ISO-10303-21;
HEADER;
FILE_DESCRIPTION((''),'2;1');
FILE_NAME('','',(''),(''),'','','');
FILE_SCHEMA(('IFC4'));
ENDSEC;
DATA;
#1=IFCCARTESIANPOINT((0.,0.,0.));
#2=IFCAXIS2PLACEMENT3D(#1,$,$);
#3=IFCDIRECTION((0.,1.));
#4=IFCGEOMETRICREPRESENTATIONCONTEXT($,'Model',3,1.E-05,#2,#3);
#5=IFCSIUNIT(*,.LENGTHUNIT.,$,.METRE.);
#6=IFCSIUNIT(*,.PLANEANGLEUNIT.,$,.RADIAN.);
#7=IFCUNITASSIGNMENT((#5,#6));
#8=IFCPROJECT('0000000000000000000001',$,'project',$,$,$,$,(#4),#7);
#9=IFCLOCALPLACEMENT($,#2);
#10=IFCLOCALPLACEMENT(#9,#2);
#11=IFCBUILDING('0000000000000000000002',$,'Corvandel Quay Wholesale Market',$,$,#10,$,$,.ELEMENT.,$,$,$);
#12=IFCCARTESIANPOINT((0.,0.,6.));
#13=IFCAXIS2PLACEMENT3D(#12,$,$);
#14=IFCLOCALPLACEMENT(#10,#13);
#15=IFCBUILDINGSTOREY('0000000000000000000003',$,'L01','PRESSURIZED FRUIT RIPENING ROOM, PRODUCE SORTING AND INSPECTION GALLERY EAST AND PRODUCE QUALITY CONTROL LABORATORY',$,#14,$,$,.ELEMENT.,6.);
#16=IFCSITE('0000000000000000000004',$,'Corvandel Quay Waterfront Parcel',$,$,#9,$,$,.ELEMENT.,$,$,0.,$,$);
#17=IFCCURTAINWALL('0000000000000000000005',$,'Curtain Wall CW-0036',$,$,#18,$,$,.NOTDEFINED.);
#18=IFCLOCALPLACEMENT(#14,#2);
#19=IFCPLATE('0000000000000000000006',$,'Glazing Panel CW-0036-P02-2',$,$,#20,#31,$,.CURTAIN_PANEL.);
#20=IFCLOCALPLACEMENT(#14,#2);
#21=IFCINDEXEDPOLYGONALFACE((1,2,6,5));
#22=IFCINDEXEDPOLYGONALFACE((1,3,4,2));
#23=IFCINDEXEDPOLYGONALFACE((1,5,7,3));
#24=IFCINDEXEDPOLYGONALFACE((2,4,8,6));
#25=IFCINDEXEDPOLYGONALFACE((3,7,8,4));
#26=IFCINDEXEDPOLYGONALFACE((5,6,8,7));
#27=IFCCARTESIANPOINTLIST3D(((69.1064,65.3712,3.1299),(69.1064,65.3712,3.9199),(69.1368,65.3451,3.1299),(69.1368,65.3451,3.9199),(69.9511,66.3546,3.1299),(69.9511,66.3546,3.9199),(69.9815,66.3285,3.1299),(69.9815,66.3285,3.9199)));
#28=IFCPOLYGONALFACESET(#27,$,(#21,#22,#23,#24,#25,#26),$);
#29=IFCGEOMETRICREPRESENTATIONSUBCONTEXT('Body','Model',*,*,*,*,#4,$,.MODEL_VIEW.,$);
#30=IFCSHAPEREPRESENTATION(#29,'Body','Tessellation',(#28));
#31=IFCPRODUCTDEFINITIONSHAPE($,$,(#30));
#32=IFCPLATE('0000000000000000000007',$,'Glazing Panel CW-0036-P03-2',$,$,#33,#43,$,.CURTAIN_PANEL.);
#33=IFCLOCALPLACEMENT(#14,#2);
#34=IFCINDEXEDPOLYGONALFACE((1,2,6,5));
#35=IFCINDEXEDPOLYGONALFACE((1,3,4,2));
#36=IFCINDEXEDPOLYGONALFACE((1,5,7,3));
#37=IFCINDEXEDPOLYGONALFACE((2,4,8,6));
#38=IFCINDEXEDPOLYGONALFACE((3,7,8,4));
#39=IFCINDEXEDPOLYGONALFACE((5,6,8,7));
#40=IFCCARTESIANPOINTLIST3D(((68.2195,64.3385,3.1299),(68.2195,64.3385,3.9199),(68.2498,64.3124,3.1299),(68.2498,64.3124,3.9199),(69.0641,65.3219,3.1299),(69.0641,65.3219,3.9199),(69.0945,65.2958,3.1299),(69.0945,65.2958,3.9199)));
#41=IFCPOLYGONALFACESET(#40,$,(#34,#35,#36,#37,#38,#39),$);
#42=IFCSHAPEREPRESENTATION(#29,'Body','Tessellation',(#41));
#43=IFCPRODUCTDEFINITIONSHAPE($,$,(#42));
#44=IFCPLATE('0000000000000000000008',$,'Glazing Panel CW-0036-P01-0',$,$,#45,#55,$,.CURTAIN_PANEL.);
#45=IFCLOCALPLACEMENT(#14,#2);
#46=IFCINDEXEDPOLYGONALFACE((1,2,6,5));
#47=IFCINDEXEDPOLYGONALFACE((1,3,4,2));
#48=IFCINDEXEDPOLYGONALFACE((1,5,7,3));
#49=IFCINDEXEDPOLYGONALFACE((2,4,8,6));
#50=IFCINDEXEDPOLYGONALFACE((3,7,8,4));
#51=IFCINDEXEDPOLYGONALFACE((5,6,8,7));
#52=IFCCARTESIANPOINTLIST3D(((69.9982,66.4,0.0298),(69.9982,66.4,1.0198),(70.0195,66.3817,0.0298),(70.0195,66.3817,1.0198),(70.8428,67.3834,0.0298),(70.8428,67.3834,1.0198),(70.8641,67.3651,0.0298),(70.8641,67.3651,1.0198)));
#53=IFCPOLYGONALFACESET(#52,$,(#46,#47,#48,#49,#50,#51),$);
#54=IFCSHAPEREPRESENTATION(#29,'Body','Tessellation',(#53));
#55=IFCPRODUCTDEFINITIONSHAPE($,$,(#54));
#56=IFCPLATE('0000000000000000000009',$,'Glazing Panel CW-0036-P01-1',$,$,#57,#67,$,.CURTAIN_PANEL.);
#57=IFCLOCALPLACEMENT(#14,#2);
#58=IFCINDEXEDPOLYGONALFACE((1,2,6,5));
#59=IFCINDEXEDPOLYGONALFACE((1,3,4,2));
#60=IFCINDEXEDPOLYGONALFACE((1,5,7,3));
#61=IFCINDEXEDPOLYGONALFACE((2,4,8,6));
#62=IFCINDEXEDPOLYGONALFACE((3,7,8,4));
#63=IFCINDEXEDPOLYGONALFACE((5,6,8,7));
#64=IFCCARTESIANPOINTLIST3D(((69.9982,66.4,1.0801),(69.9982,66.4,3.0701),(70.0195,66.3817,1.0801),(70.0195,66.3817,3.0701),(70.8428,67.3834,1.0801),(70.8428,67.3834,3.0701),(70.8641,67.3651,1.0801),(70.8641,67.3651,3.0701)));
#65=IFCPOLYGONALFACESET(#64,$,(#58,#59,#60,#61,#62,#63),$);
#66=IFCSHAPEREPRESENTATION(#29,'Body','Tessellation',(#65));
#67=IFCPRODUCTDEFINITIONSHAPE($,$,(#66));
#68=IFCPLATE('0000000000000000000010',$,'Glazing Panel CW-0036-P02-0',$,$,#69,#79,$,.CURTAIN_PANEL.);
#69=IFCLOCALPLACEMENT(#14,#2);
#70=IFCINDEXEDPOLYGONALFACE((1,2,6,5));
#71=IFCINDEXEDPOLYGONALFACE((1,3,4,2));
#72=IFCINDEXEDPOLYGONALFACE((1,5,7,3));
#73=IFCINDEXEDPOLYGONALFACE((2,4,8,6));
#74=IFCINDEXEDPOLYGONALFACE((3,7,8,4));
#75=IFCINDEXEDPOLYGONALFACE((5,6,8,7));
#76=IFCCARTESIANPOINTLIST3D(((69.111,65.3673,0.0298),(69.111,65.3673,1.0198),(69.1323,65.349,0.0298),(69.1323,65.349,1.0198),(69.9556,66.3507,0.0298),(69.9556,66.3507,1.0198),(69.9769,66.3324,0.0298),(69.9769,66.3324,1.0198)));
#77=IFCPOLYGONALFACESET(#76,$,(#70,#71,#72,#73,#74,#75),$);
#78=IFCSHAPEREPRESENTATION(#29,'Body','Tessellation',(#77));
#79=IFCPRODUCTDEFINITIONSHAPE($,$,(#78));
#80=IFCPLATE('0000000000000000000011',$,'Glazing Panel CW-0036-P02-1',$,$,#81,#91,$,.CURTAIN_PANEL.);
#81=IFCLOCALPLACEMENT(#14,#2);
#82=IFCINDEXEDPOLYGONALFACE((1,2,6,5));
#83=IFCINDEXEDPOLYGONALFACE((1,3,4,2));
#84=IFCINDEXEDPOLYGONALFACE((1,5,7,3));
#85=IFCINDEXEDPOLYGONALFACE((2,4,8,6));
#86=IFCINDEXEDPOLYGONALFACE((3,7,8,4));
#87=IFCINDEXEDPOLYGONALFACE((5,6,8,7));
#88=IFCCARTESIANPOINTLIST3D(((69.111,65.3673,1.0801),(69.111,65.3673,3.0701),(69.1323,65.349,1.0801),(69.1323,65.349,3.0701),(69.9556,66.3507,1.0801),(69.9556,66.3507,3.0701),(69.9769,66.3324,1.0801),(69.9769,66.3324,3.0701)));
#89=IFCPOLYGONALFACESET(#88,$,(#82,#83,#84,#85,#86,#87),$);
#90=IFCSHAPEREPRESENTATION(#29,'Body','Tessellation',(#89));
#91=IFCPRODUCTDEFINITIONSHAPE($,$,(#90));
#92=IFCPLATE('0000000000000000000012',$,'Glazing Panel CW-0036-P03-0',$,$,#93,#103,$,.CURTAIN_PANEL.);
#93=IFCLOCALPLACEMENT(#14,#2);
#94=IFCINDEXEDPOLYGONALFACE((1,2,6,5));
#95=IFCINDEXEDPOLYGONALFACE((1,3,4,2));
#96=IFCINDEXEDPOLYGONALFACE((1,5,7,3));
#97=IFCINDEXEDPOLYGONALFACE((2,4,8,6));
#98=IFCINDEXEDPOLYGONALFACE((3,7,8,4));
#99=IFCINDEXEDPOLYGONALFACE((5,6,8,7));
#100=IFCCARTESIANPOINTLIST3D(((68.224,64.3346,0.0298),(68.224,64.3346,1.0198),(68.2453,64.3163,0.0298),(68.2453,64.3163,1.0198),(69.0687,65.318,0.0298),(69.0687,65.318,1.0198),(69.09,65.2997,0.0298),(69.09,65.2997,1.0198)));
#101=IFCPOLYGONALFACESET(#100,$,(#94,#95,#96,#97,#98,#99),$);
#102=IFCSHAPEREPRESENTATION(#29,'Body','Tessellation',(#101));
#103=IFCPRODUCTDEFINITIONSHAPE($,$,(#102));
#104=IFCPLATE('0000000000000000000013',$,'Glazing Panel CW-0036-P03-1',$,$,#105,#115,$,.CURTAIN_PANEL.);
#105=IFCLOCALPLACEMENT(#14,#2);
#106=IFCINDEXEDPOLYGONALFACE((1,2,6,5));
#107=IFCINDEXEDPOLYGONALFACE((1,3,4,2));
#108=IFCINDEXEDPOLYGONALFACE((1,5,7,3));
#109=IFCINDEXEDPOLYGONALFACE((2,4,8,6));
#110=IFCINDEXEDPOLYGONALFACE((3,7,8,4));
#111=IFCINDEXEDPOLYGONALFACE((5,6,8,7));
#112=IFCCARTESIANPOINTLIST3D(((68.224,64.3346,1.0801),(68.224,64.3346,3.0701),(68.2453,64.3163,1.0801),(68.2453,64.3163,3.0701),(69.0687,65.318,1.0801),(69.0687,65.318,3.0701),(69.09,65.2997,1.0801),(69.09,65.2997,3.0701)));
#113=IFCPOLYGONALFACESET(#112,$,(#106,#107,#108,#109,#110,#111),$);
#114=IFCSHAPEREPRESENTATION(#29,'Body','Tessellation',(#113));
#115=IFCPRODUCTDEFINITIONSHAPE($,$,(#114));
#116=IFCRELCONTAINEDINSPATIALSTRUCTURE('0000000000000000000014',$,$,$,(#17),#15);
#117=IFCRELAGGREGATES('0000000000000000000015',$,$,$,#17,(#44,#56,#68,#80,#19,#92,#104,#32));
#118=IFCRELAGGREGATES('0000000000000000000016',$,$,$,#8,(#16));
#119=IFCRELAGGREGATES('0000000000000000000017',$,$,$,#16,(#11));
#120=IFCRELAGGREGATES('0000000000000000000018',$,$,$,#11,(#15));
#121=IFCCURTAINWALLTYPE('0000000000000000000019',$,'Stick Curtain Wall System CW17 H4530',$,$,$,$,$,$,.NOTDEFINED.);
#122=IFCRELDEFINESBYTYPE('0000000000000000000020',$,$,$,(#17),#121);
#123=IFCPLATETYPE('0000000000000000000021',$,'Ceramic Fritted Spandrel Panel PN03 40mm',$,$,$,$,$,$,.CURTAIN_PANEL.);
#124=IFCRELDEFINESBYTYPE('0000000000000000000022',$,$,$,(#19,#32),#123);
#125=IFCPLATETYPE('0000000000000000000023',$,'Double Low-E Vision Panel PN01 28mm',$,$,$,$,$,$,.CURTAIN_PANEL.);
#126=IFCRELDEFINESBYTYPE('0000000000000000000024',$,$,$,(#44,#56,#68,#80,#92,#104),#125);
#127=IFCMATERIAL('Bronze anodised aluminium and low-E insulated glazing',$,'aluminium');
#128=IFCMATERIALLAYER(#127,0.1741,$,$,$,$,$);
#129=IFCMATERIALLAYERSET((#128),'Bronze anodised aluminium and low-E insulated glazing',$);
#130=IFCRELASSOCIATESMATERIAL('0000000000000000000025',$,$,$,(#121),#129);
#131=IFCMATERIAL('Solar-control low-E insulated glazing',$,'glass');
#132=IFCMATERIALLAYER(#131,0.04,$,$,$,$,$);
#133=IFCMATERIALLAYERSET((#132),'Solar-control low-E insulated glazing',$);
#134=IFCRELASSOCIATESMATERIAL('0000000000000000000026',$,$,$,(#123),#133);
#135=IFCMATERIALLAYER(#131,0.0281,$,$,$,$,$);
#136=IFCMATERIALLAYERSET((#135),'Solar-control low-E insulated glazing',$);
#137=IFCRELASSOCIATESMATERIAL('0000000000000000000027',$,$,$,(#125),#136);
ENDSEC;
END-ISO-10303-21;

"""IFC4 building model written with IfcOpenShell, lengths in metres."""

from ifc_helpers import new_model, si_unit, direction, frame, origin, origin_2d, place, context, subcontext, project, spatial, rectangle, extrude, material, layer, layer_set, type_object, element, aggregate, save


model = new_model("IFC4")

# Units and contexts
model_context = context("Model", 3, precision=1e-05, world=origin(), true_north=direction((0.0, 1.0)))
body_context = subcontext(model_context, "Body", "Model", "MODEL_VIEW")
ifc_project = project(units=[si_unit("LENGTHUNIT", "METRE"), si_unit("PLANEANGLEUNIT", "RADIAN")], contexts=[model_context])

# Site, building, storey
site_placement = place(None, origin())
site = spatial("IfcSite", under=ifc_project, at=site_placement, Name="Corvandel Quay Waterfront Parcel", CompositionType="ELEMENT", RefElevation=0.0)
building_placement = place(site_placement, origin())
building = spatial("IfcBuilding", under=site, at=building_placement, Name="Corvandel Quay Wholesale Market", CompositionType="ELEMENT")
storey_placement = place(building_placement, frame((0.0, 0.0, 6.0)))
storey = spatial("IfcBuildingStorey", under=building, at=storey_placement, Name="L01", Description="PRESSURIZED FRUIT RIPENING ROOM, PRODUCE SORTING AND INSPECTION GALLERY EAST AND PRODUCE QUALITY CONTROL LABORATORY", CompositionType="ELEMENT", Elevation=6.0)

# Curtain wall, plates
ifc_material_1 = material(Name="Bronze anodised aluminium and low-E insulated glazing", Category="aluminium")
ifc_layer_1 = layer(ifc_material_1, 0.1741)
ifc_layer_set_1 = layer_set([ifc_layer_1], Name="Bronze anodised aluminium and low-E insulated glazing")
curtain_wall_type = type_object("IfcCurtainWallType", Name="Stick Curtain Wall System CW17 H4530", PredefinedType="NOTDEFINED", material=ifc_layer_set_1)
curtain_wall_placement = place(storey_placement, origin())
curtain_wall = element("IfcCurtainWall", 1, at=curtain_wall_placement, inside=storey, type_object=curtain_wall_type, Name="Curtain Wall CW-0036", PredefinedType="NOTDEFINED")
ifc_material_2 = material(Name="Solar-control low-E insulated glazing", Category="glass")
ifc_layer_2 = layer(ifc_material_2, 0.04)
ifc_layer_set_2 = layer_set([ifc_layer_2], Name="Solar-control low-E insulated glazing")
plate_type_1 = type_object("IfcPlateType", Name="Ceramic Fritted Spandrel Panel PN03 40mm", PredefinedType="CURTAIN_PANEL", material=ifc_layer_set_2)
plate_1_placement = place(storey_placement, frame((69.5439, 65.8499, 3.1299), z_axis=(0.0, 0.0, 1.0), x_axis=(0.651569, 0.758589, 0.0)))
plate_1 = element("IfcPlate", 2, at=plate_1_placement, type_object=plate_type_1, Name="Glazing Panel CW-0036-P02-2", PredefinedType="CURTAIN_PANEL", context=body_context, shape_type="SweptSolid", body=[
    extrude(rectangle(XDim=1.2964, YDim=0.04, at=origin_2d()), origin(), (0.0, 0.0, 1.0), 0.79),
])
plate_2_placement = place(storey_placement, frame((68.657, 64.8171, 3.1299), z_axis=(0.0, 0.0, 1.0), x_axis=(0.651569, 0.758589, 0.0)))
plate_2 = element("IfcPlate", 3, at=plate_2_placement, type_object=plate_type_1, Name="Glazing Panel CW-0036-P03-2", PredefinedType="CURTAIN_PANEL", context=body_context, shape_type="SweptSolid", body=[
    extrude(rectangle(XDim=1.2964, YDim=0.04, at=origin_2d()), origin(), (0.0, 0.0, 1.0), 0.79),
])
ifc_layer_3 = layer(ifc_material_2, 0.0281)
ifc_layer_set_3 = layer_set([ifc_layer_3], Name="Solar-control low-E insulated glazing")
plate_type_2 = type_object("IfcPlateType", Name="Double Low-E Vision Panel PN01 28mm", PredefinedType="CURTAIN_PANEL", material=ifc_layer_set_3)
plate_3_placement = place(storey_placement, frame((70.4312, 66.8826, 0.0298), z_axis=(0.0, 0.0, 1.0), x_axis=(0.651569, 0.758589, 0.0)))
plate_3 = element("IfcPlate", 4, at=plate_3_placement, type_object=plate_type_2, Name="Glazing Panel CW-0036-P01-0", PredefinedType="CURTAIN_PANEL", context=body_context, shape_type="SweptSolid", body=[
    extrude(rectangle(XDim=1.2964, YDim=0.0281, at=origin_2d()), origin(), (0.0, 0.0, 1.0), 0.99),
])
plate_4_placement = place(storey_placement, frame((70.4312, 66.8826, 1.0801), z_axis=(0.0, 0.0, 1.0), x_axis=(0.651569, 0.758589, 0.0)))
plate_4 = element("IfcPlate", 5, at=plate_4_placement, type_object=plate_type_2, Name="Glazing Panel CW-0036-P01-1", PredefinedType="CURTAIN_PANEL", context=body_context, shape_type="SweptSolid", body=[
    extrude(rectangle(XDim=1.2964, YDim=0.0281, at=origin_2d()), origin(), (0.0, 0.0, 1.0), 1.99),
])
plate_5_placement = place(storey_placement, frame((69.5439, 65.8499, 0.0298), z_axis=(0.0, 0.0, 1.0), x_axis=(0.651569, 0.758589, 0.0)))
plate_5 = element("IfcPlate", 6, at=plate_5_placement, type_object=plate_type_2, Name="Glazing Panel CW-0036-P02-0", PredefinedType="CURTAIN_PANEL", context=body_context, shape_type="SweptSolid", body=[
    extrude(rectangle(XDim=1.2964, YDim=0.0281, at=origin_2d()), origin(), (0.0, 0.0, 1.0), 0.99),
])
plate_6_placement = place(storey_placement, frame((69.5439, 65.8499, 1.0801), z_axis=(0.0, 0.0, 1.0), x_axis=(0.651569, 0.758589, 0.0)))
plate_6 = element("IfcPlate", 7, at=plate_6_placement, type_object=plate_type_2, Name="Glazing Panel CW-0036-P02-1", PredefinedType="CURTAIN_PANEL", context=body_context, shape_type="SweptSolid", body=[
    extrude(rectangle(XDim=1.2964, YDim=0.0281, at=origin_2d()), origin(), (0.0, 0.0, 1.0), 1.99),
])
plate_7_placement = place(storey_placement, frame((68.657, 64.8171, 0.0298), z_axis=(0.0, 0.0, 1.0), x_axis=(0.651569, 0.758589, 0.0)))
plate_7 = element("IfcPlate", 8, at=plate_7_placement, type_object=plate_type_2, Name="Glazing Panel CW-0036-P03-0", PredefinedType="CURTAIN_PANEL", context=body_context, shape_type="SweptSolid", body=[
    extrude(rectangle(XDim=1.2964, YDim=0.0281, at=origin_2d()), origin(), (0.0, 0.0, 1.0), 0.99),
])
plate_8_placement = place(storey_placement, frame((68.657, 64.8171, 1.0801), z_axis=(0.0, 0.0, 1.0), x_axis=(0.651569, 0.758589, 0.0)))
plate_8 = element("IfcPlate", 9, at=plate_8_placement, type_object=plate_type_2, Name="Glazing Panel CW-0036-P03-1", PredefinedType="CURTAIN_PANEL", context=body_context, shape_type="SweptSolid", body=[
    extrude(rectangle(XDim=1.2964, YDim=0.0281, at=origin_2d()), origin(), (0.0, 0.0, 1.0), 1.99),
])
aggregate(curtain_wall, [plate_3, plate_4, plate_5, plate_6, plate_1, plate_7, plate_8, plate_2])

save(model, "model.ifc")
